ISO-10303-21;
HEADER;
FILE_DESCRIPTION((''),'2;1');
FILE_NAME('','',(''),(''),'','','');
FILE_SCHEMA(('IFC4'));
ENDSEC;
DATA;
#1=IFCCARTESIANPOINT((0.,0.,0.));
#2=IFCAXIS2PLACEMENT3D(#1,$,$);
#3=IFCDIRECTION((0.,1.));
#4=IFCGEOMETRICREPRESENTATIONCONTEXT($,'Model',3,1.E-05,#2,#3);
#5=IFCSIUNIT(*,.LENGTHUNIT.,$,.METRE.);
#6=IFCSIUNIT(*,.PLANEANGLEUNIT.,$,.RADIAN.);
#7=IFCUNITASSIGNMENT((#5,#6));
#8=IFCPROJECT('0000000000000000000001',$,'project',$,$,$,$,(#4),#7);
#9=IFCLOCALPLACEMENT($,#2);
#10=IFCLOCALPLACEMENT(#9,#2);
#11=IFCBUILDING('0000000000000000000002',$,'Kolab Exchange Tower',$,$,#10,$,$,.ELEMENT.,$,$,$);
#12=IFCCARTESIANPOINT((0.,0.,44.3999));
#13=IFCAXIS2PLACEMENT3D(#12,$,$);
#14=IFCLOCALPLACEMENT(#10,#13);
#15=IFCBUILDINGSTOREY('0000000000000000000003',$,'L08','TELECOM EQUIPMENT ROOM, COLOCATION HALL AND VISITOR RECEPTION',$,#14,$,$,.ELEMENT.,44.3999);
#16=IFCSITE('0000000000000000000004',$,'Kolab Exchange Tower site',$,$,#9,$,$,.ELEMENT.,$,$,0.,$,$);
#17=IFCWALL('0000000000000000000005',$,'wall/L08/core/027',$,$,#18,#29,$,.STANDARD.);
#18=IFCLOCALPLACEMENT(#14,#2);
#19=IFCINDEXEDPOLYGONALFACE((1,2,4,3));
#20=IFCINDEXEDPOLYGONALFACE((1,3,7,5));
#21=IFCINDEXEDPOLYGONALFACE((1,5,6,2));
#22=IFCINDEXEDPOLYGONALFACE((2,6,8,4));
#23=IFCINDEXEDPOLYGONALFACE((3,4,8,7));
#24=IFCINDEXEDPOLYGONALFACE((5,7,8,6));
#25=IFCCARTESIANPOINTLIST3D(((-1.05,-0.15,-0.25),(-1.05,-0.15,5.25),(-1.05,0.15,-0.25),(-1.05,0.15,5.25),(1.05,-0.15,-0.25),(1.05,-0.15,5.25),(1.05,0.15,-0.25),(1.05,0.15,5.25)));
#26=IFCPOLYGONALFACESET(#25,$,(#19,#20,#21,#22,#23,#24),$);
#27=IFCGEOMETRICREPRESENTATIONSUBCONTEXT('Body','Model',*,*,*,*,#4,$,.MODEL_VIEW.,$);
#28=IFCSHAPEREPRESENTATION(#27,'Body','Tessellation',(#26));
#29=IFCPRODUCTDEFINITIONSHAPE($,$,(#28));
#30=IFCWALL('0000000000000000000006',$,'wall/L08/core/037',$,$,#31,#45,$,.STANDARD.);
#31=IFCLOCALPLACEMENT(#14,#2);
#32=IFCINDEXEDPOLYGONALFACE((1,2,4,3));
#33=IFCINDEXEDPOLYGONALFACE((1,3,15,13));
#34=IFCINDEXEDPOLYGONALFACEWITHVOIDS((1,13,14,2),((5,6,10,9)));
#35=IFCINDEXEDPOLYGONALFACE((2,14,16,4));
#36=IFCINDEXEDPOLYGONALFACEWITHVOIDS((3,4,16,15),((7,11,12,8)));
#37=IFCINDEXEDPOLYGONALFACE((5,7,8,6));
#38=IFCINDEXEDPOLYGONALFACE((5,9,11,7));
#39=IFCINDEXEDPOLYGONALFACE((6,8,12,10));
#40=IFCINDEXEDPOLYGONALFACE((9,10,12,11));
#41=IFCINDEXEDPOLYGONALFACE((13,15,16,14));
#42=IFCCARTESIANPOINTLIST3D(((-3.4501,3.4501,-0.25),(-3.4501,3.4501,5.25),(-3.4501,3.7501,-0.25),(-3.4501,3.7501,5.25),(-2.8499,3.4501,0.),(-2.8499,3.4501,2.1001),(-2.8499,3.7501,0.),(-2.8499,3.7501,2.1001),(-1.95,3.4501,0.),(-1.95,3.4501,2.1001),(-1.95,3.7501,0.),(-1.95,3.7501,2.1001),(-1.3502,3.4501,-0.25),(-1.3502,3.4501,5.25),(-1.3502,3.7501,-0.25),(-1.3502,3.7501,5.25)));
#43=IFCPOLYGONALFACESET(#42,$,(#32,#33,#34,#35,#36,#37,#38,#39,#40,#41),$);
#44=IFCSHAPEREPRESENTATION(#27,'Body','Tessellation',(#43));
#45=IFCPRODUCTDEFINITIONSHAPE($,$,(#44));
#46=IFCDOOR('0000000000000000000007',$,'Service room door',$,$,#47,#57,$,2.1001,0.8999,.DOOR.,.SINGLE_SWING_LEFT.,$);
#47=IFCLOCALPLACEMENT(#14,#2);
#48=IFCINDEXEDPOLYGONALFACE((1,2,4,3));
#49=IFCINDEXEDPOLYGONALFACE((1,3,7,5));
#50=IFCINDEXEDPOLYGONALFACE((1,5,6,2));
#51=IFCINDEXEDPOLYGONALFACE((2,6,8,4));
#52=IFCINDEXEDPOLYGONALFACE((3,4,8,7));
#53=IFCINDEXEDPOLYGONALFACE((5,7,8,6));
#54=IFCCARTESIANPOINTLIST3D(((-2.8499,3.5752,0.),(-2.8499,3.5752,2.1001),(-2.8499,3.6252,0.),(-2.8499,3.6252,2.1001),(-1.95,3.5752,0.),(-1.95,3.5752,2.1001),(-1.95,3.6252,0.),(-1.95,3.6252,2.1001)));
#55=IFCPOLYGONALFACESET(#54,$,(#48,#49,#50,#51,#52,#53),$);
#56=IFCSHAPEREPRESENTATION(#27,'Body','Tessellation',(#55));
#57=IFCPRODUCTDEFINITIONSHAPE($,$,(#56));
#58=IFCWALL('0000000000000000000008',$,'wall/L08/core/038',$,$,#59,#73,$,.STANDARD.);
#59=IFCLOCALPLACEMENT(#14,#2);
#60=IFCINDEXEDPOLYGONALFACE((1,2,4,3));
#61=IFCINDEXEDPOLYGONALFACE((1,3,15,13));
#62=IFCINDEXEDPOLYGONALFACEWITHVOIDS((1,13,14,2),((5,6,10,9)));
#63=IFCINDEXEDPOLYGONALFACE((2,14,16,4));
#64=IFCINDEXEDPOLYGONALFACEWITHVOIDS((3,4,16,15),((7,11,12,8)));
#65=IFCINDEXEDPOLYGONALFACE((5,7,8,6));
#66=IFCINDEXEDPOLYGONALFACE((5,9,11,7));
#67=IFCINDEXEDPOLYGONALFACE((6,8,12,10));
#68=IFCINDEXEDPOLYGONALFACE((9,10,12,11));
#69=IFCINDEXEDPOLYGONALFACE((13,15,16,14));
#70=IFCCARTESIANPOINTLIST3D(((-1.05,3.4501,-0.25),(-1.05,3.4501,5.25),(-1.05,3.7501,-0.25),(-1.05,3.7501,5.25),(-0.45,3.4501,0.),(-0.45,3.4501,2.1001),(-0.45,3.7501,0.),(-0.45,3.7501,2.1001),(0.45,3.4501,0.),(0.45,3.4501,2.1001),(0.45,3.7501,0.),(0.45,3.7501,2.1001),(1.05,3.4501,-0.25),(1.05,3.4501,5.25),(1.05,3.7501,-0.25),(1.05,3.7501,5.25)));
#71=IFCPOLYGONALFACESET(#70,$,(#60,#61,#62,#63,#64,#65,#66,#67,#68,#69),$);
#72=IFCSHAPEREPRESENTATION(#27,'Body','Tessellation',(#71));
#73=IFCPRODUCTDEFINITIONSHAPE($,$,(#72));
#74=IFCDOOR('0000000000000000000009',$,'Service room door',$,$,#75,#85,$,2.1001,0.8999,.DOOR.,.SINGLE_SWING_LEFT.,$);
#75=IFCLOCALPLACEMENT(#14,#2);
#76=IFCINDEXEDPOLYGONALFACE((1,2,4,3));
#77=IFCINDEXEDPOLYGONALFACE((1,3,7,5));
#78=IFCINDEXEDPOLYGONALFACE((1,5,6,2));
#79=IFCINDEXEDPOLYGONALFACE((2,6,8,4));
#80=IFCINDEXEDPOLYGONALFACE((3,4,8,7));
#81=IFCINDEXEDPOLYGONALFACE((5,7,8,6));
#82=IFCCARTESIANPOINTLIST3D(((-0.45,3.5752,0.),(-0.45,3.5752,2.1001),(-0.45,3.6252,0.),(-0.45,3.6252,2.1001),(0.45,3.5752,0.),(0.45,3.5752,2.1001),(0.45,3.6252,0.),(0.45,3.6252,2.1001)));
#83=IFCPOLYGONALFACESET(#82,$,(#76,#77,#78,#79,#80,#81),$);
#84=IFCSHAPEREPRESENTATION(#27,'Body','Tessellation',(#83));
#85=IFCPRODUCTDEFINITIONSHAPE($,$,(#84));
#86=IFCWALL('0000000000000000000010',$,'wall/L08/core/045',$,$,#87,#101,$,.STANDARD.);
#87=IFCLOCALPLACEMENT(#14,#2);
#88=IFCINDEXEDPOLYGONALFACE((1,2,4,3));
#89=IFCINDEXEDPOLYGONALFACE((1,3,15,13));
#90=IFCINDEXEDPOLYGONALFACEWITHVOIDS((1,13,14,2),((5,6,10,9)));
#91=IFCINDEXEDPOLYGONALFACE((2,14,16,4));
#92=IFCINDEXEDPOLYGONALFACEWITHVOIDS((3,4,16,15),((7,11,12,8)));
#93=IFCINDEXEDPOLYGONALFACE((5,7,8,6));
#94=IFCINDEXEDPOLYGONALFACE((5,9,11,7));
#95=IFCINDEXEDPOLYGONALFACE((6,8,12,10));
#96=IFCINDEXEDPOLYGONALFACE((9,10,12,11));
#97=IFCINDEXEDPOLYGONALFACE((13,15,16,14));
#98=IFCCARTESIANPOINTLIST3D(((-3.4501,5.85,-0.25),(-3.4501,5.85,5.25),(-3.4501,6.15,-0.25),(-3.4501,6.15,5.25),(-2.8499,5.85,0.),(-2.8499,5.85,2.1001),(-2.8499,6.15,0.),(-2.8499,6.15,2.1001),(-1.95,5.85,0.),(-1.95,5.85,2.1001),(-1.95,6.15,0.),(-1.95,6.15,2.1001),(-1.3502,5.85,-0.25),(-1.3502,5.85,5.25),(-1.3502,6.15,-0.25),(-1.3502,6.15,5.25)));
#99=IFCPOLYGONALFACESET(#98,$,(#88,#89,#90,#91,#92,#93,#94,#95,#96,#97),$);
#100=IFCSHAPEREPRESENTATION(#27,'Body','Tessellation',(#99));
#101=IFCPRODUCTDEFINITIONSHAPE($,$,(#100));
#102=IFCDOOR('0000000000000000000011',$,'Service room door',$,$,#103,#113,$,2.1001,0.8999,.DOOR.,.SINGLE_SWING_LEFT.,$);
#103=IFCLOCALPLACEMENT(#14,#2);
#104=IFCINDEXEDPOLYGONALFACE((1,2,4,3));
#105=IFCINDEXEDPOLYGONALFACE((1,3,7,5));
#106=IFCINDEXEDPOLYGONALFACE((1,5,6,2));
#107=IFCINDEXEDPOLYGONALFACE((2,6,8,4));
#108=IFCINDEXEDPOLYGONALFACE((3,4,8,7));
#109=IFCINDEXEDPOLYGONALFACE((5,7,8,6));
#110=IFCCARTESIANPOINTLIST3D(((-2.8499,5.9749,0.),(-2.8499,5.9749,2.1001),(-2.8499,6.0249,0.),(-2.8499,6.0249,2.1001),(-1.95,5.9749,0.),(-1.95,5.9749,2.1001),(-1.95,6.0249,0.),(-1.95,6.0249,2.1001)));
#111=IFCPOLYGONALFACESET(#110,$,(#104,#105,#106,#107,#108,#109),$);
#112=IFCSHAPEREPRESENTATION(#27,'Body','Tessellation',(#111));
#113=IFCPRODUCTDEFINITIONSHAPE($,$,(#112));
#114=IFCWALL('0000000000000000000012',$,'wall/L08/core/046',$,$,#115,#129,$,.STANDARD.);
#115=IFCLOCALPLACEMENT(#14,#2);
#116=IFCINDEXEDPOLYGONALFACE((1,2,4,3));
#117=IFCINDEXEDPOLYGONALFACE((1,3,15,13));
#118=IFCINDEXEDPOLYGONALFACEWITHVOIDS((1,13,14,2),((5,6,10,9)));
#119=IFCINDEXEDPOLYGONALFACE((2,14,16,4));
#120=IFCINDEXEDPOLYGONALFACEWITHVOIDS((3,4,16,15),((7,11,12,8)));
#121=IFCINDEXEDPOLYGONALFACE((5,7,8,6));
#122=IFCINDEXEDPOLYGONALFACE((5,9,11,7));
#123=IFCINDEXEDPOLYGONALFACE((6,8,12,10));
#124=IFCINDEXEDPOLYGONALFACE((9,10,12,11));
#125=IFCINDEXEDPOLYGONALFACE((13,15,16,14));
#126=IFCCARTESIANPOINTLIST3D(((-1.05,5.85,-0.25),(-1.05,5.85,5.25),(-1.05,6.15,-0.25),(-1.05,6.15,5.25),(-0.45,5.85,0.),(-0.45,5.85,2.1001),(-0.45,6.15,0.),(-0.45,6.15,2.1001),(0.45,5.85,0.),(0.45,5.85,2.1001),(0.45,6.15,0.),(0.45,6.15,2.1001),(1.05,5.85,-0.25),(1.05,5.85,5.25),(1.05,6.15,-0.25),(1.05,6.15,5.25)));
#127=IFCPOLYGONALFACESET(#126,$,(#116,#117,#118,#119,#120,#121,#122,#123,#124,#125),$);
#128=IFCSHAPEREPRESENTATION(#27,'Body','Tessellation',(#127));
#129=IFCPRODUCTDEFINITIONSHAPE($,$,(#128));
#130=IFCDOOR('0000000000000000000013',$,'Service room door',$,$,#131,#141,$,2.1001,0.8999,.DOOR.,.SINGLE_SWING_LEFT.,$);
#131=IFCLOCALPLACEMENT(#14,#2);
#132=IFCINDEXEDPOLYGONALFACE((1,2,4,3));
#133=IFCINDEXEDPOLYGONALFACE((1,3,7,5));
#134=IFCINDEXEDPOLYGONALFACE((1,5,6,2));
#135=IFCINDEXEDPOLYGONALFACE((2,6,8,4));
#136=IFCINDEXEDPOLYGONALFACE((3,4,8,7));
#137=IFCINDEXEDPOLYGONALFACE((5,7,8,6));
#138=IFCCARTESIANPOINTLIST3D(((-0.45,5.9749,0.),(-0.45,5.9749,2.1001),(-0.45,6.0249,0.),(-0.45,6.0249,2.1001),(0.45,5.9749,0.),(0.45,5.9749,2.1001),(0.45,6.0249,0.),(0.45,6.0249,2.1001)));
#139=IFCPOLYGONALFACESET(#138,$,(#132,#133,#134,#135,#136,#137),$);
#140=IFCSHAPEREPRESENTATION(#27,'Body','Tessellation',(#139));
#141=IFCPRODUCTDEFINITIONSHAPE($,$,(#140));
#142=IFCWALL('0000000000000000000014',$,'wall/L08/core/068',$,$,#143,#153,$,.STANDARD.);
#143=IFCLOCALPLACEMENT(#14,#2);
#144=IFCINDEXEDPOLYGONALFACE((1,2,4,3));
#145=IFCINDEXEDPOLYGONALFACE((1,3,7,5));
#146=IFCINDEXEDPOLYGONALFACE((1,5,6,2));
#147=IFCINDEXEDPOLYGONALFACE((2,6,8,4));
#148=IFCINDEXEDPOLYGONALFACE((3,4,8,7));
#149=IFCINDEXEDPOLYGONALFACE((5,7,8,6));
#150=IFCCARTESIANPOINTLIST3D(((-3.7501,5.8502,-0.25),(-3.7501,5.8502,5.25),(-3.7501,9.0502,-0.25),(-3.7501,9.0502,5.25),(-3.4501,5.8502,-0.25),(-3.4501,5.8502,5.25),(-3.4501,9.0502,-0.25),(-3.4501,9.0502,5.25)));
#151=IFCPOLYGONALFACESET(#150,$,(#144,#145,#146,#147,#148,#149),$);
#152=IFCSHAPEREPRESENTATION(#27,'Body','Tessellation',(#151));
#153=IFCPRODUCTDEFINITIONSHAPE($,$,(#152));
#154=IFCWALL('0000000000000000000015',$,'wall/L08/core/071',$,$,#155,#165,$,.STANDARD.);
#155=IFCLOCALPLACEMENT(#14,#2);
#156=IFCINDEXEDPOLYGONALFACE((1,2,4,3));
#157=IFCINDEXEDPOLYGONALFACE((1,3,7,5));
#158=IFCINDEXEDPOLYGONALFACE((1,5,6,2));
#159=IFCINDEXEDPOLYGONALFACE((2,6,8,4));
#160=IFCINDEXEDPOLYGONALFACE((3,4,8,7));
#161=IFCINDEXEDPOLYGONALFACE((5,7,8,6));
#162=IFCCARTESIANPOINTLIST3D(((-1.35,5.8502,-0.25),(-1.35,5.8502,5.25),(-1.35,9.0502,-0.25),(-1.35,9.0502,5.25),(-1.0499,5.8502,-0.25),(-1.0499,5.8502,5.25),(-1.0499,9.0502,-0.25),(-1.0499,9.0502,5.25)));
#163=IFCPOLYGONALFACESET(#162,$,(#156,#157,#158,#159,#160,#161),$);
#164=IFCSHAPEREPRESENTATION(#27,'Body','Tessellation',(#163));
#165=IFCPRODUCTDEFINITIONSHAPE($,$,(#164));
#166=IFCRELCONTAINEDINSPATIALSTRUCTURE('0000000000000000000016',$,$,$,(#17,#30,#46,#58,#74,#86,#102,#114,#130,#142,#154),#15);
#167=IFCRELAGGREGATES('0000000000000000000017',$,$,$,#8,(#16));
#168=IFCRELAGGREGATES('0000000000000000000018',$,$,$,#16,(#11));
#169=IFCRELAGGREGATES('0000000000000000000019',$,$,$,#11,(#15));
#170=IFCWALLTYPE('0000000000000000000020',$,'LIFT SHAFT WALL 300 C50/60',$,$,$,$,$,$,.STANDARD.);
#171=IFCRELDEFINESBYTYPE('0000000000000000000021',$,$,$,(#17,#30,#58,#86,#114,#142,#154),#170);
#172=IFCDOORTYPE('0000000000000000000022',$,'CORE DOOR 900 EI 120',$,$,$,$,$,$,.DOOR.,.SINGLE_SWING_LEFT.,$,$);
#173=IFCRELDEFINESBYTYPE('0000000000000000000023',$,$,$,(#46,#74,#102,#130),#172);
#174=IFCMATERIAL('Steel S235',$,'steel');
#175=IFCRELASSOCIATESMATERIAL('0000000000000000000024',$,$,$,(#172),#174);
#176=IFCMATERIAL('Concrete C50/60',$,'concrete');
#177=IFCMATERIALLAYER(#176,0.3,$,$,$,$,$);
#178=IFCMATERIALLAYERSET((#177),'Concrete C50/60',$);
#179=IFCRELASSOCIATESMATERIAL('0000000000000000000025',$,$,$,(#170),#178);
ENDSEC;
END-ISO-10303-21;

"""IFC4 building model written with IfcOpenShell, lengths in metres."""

from ifc_helpers import new_model, si_unit, direction, frame, frame_2d, origin, place, context, subcontext, project, spatial, rectangle, extrude, material, layer, layer_set, type_object, element, fill, save


model = new_model("IFC4")

# Units and contexts
model_context = context("Model", 3, precision=1e-05, world=origin(), true_north=direction((0.0, 1.0)))
body_context = subcontext(model_context, "Body", "Model", "MODEL_VIEW")
ifc_project = project(units=[si_unit("LENGTHUNIT", "METRE"), si_unit("PLANEANGLEUNIT", "RADIAN")], contexts=[model_context])

# Site, building, storey
site_placement = place(None, origin())
site = spatial("IfcSite", under=ifc_project, at=site_placement, Name="Kolab Exchange Tower site", CompositionType="ELEMENT", RefElevation=0.0)
building_placement = place(site_placement, origin())
building = spatial("IfcBuilding", under=site, at=building_placement, Name="Kolab Exchange Tower", CompositionType="ELEMENT")
storey_placement = place(building_placement, frame((0.0, 0.0, 44.3999)))
storey = spatial("IfcBuildingStorey", under=building, at=storey_placement, Name="L08", Description="TELECOM EQUIPMENT ROOM, COLOCATION HALL AND VISITOR RECEPTION", CompositionType="ELEMENT", Elevation=44.3999)

# Shared definitions
ifc_material_1 = material(Name="Steel S235", Category="steel")
door_type_1 = type_object("IfcDoorType", Name="CORE DOOR 900 EI 120", OperationType="SINGLE_SWING_LEFT", PredefinedType="DOOR", material=ifc_material_1)

# Wall
ifc_material_2 = material(Name="Concrete C50/60", Category="concrete")
ifc_layer_1 = layer(ifc_material_2, 0.3)
ifc_layer_set_1 = layer_set([ifc_layer_1], Name="Concrete C50/60")
wall_type_1 = type_object("IfcWallType", Name="LIFT SHAFT WALL 300 C50/60", PredefinedType="STANDARD", material=ifc_layer_set_1)
wall_1_placement = place(storey_placement, frame((-1.05, 0.0, -0.25), z_axis=(0.0, 0.0, 1.0), x_axis=(1.0, 0.0, 0.0)))
element("IfcWall", 1, at=wall_1_placement, inside=storey, type_object=wall_type_1, Name="wall/L08/core/027", PredefinedType="STANDARD", context=body_context, shape_type="SweptSolid", body=[
    extrude(rectangle(XDim=2.1001, YDim=0.3, at=frame_2d((1.05, 0.0))), origin(), (0.0, 0.0, 1.0), 5.5),
])

# Walls, openings, doors
wall_2_placement = place(storey_placement, frame((-3.45, 3.6001, -0.25), z_axis=(0.0, 0.0, 1.0), x_axis=(1.0, 0.0, 0.0)))
wall_2 = element("IfcWall", 2, at=wall_2_placement, inside=storey, type_object=wall_type_1, Name="wall/L08/core/037", PredefinedType="STANDARD", context=body_context, shape_type="SweptSolid", body=[
    extrude(rectangle(XDim=2.0999, YDim=0.3, at=frame_2d((1.0498, 0.0))), origin(), (0.0, 0.0, 1.0), 5.5),
])
opening_1_placement = place(wall_2_placement, frame((0.6001, 0.0, 0.25)))
opening_1 = element("IfcOpeningElement", 3, at=opening_1_placement, cuts=wall_2, PredefinedType="OPENING", context=body_context, shape_type="SweptSolid", body=[
    extrude(rectangle(XDim=0.8999, YDim=2.1001, at=frame_2d((0.45, 1.05))), frame((0.0, 0.1602, 0.0), z_axis=(0.0, -1.0, 0.0), x_axis=(1.0, 0.0, 0.0)), (0.0, 0.0, 1.0), 0.3201),
])
door_1_placement = place(opening_1_placement, frame((0.8999, 0.0, 0.0), z_axis=(0.0, 0.0, 1.0), x_axis=(-1.0, 0.0, 0.0)))
door_1 = element("IfcDoor", 4, at=door_1_placement, inside=storey, type_object=door_type_1, Name="Service room door", OperationType="SINGLE_SWING_LEFT", OverallHeight=2.1001, OverallWidth=0.8999, PredefinedType="DOOR", context=body_context, shape_type="SweptSolid", body=[
    extrude(rectangle(XDim=0.8999, YDim=2.1001, at=frame_2d((0.45, 1.05))), frame((0.0, 0.0249, 0.0), z_axis=(0.0, -1.0, 0.0), x_axis=(1.0, 0.0, 0.0)), (0.0, 0.0, 1.0), 0.05),
])
fill(opening_1, door_1)
wall_3_placement = place(storey_placement, frame((-1.05, 3.6001, -0.25), z_axis=(0.0, 0.0, 1.0), x_axis=(1.0, 0.0, 0.0)))
wall_3 = element("IfcWall", 5, at=wall_3_placement, inside=storey, type_object=wall_type_1, Name="wall/L08/core/038", PredefinedType="STANDARD", context=body_context, shape_type="SweptSolid", body=[
    extrude(rectangle(XDim=2.1001, YDim=0.3, at=frame_2d((1.05, 0.0))), origin(), (0.0, 0.0, 1.0), 5.5),
])
opening_2_placement = place(wall_3_placement, frame((0.6001, 0.0, 0.25)))
opening_2 = element("IfcOpeningElement", 6, at=opening_2_placement, cuts=wall_3, PredefinedType="OPENING", context=body_context, shape_type="SweptSolid", body=[
    extrude(rectangle(XDim=0.8999, YDim=2.1001, at=frame_2d((0.45, 1.05))), frame((0.0, 0.1602, 0.0), z_axis=(0.0, -1.0, 0.0), x_axis=(1.0, 0.0, 0.0)), (0.0, 0.0, 1.0), 0.3201),
])
door_2_placement = place(opening_2_placement, frame((0.8999, 0.0, 0.0), z_axis=(0.0, 0.0, 1.0), x_axis=(-1.0, 0.0, 0.0)))
door_2 = element("IfcDoor", 7, at=door_2_placement, inside=storey, type_object=door_type_1, Name="Service room door", OperationType="SINGLE_SWING_LEFT", OverallHeight=2.1001, OverallWidth=0.8999, PredefinedType="DOOR", context=body_context, shape_type="SweptSolid", body=[
    extrude(rectangle(XDim=0.8999, YDim=2.1001, at=frame_2d((0.45, 1.05))), frame((0.0, 0.0249, 0.0), z_axis=(0.0, -1.0, 0.0), x_axis=(1.0, 0.0, 0.0)), (0.0, 0.0, 1.0), 0.05),
])
fill(opening_2, door_2)
wall_4_placement = place(storey_placement, frame((-3.45, 6.0, -0.25), z_axis=(0.0, 0.0, 1.0), x_axis=(1.0, 0.0, 0.0)))
wall_4 = element("IfcWall", 8, at=wall_4_placement, inside=storey, type_object=wall_type_1, Name="wall/L08/core/045", PredefinedType="STANDARD", context=body_context, shape_type="SweptSolid", body=[
    extrude(rectangle(XDim=2.0999, YDim=0.3, at=frame_2d((1.0498, 0.0))), origin(), (0.0, 0.0, 1.0), 5.5),
])
opening_3_placement = place(wall_4_placement, frame((0.6001, 0.0, 0.25)))
opening_3 = element("IfcOpeningElement", 9, at=opening_3_placement, cuts=wall_4, PredefinedType="OPENING", context=body_context, shape_type="SweptSolid", body=[
    extrude(rectangle(XDim=0.8999, YDim=2.1001, at=frame_2d((0.45, 1.05))), frame((0.0, 0.1602, 0.0), z_axis=(0.0, -1.0, 0.0), x_axis=(1.0, 0.0, 0.0)), (0.0, 0.0, 1.0), 0.3201),
])
door_3_placement = place(opening_3_placement, origin())
door_3 = element("IfcDoor", 10, at=door_3_placement, inside=storey, type_object=door_type_1, Name="Service room door", OperationType="SINGLE_SWING_LEFT", OverallHeight=2.1001, OverallWidth=0.8999, PredefinedType="DOOR", context=body_context, shape_type="SweptSolid", body=[
    extrude(rectangle(XDim=0.8999, YDim=2.1001, at=frame_2d((0.45, 1.05))), frame((0.0, 0.0249, 0.0), z_axis=(0.0, -1.0, 0.0), x_axis=(1.0, 0.0, 0.0)), (0.0, 0.0, 1.0), 0.05),
])
fill(opening_3, door_3)
wall_5_placement = place(storey_placement, frame((-1.05, 6.0, -0.25), z_axis=(0.0, 0.0, 1.0), x_axis=(1.0, 0.0, 0.0)))
wall_5 = element("IfcWall", 11, at=wall_5_placement, inside=storey, type_object=wall_type_1, Name="wall/L08/core/046", PredefinedType="STANDARD", context=body_context, shape_type="SweptSolid", body=[
    extrude(rectangle(XDim=2.1001, YDim=0.3, at=frame_2d((1.05, 0.0))), origin(), (0.0, 0.0, 1.0), 5.5),
])
opening_4_placement = place(wall_5_placement, frame((0.6001, 0.0, 0.25)))
opening_4 = element("IfcOpeningElement", 12, at=opening_4_placement, cuts=wall_5, PredefinedType="OPENING", context=body_context, shape_type="SweptSolid", body=[
    extrude(rectangle(XDim=0.8999, YDim=2.1001, at=frame_2d((0.45, 1.05))), frame((0.0, 0.1602, 0.0), z_axis=(0.0, -1.0, 0.0), x_axis=(1.0, 0.0, 0.0)), (0.0, 0.0, 1.0), 0.3201),
])
door_4_placement = place(opening_4_placement, origin())
door_4 = element("IfcDoor", 13, at=door_4_placement, inside=storey, type_object=door_type_1, Name="Service room door", OperationType="SINGLE_SWING_LEFT", OverallHeight=2.1001, OverallWidth=0.8999, PredefinedType="DOOR", context=body_context, shape_type="SweptSolid", body=[
    extrude(rectangle(XDim=0.8999, YDim=2.1001, at=frame_2d((0.45, 1.05))), frame((0.0, 0.0249, 0.0), z_axis=(0.0, -1.0, 0.0), x_axis=(1.0, 0.0, 0.0)), (0.0, 0.0, 1.0), 0.05),
])
fill(opening_4, door_4)

# Walls
for number, where, z_axis, x_axis, name in (
    (14, (-3.6001, 5.8501, -0.25), (0.0, 0.0, 1.0), (0.0, 1.0, 0.0), "wall/L08/core/068"),
    (15, (-1.2, 5.8501, -0.25), (0.0, 0.0, 1.0), (0.0, 1.0, 0.0), "wall/L08/core/071"),
):
    element("IfcWall", number, at=place(storey_placement, frame(where, z_axis=z_axis, x_axis=x_axis)), inside=storey, type_object=wall_type_1, Name=name, PredefinedType="STANDARD", context=body_context, shape_type="SweptSolid", body=[
        extrude(rectangle(XDim=3.2, YDim=0.3, at=frame_2d((1.6001, 0.0))), origin(), (0.0, 0.0, 1.0), 5.5),
    ])

save(model, "model.ifc")
